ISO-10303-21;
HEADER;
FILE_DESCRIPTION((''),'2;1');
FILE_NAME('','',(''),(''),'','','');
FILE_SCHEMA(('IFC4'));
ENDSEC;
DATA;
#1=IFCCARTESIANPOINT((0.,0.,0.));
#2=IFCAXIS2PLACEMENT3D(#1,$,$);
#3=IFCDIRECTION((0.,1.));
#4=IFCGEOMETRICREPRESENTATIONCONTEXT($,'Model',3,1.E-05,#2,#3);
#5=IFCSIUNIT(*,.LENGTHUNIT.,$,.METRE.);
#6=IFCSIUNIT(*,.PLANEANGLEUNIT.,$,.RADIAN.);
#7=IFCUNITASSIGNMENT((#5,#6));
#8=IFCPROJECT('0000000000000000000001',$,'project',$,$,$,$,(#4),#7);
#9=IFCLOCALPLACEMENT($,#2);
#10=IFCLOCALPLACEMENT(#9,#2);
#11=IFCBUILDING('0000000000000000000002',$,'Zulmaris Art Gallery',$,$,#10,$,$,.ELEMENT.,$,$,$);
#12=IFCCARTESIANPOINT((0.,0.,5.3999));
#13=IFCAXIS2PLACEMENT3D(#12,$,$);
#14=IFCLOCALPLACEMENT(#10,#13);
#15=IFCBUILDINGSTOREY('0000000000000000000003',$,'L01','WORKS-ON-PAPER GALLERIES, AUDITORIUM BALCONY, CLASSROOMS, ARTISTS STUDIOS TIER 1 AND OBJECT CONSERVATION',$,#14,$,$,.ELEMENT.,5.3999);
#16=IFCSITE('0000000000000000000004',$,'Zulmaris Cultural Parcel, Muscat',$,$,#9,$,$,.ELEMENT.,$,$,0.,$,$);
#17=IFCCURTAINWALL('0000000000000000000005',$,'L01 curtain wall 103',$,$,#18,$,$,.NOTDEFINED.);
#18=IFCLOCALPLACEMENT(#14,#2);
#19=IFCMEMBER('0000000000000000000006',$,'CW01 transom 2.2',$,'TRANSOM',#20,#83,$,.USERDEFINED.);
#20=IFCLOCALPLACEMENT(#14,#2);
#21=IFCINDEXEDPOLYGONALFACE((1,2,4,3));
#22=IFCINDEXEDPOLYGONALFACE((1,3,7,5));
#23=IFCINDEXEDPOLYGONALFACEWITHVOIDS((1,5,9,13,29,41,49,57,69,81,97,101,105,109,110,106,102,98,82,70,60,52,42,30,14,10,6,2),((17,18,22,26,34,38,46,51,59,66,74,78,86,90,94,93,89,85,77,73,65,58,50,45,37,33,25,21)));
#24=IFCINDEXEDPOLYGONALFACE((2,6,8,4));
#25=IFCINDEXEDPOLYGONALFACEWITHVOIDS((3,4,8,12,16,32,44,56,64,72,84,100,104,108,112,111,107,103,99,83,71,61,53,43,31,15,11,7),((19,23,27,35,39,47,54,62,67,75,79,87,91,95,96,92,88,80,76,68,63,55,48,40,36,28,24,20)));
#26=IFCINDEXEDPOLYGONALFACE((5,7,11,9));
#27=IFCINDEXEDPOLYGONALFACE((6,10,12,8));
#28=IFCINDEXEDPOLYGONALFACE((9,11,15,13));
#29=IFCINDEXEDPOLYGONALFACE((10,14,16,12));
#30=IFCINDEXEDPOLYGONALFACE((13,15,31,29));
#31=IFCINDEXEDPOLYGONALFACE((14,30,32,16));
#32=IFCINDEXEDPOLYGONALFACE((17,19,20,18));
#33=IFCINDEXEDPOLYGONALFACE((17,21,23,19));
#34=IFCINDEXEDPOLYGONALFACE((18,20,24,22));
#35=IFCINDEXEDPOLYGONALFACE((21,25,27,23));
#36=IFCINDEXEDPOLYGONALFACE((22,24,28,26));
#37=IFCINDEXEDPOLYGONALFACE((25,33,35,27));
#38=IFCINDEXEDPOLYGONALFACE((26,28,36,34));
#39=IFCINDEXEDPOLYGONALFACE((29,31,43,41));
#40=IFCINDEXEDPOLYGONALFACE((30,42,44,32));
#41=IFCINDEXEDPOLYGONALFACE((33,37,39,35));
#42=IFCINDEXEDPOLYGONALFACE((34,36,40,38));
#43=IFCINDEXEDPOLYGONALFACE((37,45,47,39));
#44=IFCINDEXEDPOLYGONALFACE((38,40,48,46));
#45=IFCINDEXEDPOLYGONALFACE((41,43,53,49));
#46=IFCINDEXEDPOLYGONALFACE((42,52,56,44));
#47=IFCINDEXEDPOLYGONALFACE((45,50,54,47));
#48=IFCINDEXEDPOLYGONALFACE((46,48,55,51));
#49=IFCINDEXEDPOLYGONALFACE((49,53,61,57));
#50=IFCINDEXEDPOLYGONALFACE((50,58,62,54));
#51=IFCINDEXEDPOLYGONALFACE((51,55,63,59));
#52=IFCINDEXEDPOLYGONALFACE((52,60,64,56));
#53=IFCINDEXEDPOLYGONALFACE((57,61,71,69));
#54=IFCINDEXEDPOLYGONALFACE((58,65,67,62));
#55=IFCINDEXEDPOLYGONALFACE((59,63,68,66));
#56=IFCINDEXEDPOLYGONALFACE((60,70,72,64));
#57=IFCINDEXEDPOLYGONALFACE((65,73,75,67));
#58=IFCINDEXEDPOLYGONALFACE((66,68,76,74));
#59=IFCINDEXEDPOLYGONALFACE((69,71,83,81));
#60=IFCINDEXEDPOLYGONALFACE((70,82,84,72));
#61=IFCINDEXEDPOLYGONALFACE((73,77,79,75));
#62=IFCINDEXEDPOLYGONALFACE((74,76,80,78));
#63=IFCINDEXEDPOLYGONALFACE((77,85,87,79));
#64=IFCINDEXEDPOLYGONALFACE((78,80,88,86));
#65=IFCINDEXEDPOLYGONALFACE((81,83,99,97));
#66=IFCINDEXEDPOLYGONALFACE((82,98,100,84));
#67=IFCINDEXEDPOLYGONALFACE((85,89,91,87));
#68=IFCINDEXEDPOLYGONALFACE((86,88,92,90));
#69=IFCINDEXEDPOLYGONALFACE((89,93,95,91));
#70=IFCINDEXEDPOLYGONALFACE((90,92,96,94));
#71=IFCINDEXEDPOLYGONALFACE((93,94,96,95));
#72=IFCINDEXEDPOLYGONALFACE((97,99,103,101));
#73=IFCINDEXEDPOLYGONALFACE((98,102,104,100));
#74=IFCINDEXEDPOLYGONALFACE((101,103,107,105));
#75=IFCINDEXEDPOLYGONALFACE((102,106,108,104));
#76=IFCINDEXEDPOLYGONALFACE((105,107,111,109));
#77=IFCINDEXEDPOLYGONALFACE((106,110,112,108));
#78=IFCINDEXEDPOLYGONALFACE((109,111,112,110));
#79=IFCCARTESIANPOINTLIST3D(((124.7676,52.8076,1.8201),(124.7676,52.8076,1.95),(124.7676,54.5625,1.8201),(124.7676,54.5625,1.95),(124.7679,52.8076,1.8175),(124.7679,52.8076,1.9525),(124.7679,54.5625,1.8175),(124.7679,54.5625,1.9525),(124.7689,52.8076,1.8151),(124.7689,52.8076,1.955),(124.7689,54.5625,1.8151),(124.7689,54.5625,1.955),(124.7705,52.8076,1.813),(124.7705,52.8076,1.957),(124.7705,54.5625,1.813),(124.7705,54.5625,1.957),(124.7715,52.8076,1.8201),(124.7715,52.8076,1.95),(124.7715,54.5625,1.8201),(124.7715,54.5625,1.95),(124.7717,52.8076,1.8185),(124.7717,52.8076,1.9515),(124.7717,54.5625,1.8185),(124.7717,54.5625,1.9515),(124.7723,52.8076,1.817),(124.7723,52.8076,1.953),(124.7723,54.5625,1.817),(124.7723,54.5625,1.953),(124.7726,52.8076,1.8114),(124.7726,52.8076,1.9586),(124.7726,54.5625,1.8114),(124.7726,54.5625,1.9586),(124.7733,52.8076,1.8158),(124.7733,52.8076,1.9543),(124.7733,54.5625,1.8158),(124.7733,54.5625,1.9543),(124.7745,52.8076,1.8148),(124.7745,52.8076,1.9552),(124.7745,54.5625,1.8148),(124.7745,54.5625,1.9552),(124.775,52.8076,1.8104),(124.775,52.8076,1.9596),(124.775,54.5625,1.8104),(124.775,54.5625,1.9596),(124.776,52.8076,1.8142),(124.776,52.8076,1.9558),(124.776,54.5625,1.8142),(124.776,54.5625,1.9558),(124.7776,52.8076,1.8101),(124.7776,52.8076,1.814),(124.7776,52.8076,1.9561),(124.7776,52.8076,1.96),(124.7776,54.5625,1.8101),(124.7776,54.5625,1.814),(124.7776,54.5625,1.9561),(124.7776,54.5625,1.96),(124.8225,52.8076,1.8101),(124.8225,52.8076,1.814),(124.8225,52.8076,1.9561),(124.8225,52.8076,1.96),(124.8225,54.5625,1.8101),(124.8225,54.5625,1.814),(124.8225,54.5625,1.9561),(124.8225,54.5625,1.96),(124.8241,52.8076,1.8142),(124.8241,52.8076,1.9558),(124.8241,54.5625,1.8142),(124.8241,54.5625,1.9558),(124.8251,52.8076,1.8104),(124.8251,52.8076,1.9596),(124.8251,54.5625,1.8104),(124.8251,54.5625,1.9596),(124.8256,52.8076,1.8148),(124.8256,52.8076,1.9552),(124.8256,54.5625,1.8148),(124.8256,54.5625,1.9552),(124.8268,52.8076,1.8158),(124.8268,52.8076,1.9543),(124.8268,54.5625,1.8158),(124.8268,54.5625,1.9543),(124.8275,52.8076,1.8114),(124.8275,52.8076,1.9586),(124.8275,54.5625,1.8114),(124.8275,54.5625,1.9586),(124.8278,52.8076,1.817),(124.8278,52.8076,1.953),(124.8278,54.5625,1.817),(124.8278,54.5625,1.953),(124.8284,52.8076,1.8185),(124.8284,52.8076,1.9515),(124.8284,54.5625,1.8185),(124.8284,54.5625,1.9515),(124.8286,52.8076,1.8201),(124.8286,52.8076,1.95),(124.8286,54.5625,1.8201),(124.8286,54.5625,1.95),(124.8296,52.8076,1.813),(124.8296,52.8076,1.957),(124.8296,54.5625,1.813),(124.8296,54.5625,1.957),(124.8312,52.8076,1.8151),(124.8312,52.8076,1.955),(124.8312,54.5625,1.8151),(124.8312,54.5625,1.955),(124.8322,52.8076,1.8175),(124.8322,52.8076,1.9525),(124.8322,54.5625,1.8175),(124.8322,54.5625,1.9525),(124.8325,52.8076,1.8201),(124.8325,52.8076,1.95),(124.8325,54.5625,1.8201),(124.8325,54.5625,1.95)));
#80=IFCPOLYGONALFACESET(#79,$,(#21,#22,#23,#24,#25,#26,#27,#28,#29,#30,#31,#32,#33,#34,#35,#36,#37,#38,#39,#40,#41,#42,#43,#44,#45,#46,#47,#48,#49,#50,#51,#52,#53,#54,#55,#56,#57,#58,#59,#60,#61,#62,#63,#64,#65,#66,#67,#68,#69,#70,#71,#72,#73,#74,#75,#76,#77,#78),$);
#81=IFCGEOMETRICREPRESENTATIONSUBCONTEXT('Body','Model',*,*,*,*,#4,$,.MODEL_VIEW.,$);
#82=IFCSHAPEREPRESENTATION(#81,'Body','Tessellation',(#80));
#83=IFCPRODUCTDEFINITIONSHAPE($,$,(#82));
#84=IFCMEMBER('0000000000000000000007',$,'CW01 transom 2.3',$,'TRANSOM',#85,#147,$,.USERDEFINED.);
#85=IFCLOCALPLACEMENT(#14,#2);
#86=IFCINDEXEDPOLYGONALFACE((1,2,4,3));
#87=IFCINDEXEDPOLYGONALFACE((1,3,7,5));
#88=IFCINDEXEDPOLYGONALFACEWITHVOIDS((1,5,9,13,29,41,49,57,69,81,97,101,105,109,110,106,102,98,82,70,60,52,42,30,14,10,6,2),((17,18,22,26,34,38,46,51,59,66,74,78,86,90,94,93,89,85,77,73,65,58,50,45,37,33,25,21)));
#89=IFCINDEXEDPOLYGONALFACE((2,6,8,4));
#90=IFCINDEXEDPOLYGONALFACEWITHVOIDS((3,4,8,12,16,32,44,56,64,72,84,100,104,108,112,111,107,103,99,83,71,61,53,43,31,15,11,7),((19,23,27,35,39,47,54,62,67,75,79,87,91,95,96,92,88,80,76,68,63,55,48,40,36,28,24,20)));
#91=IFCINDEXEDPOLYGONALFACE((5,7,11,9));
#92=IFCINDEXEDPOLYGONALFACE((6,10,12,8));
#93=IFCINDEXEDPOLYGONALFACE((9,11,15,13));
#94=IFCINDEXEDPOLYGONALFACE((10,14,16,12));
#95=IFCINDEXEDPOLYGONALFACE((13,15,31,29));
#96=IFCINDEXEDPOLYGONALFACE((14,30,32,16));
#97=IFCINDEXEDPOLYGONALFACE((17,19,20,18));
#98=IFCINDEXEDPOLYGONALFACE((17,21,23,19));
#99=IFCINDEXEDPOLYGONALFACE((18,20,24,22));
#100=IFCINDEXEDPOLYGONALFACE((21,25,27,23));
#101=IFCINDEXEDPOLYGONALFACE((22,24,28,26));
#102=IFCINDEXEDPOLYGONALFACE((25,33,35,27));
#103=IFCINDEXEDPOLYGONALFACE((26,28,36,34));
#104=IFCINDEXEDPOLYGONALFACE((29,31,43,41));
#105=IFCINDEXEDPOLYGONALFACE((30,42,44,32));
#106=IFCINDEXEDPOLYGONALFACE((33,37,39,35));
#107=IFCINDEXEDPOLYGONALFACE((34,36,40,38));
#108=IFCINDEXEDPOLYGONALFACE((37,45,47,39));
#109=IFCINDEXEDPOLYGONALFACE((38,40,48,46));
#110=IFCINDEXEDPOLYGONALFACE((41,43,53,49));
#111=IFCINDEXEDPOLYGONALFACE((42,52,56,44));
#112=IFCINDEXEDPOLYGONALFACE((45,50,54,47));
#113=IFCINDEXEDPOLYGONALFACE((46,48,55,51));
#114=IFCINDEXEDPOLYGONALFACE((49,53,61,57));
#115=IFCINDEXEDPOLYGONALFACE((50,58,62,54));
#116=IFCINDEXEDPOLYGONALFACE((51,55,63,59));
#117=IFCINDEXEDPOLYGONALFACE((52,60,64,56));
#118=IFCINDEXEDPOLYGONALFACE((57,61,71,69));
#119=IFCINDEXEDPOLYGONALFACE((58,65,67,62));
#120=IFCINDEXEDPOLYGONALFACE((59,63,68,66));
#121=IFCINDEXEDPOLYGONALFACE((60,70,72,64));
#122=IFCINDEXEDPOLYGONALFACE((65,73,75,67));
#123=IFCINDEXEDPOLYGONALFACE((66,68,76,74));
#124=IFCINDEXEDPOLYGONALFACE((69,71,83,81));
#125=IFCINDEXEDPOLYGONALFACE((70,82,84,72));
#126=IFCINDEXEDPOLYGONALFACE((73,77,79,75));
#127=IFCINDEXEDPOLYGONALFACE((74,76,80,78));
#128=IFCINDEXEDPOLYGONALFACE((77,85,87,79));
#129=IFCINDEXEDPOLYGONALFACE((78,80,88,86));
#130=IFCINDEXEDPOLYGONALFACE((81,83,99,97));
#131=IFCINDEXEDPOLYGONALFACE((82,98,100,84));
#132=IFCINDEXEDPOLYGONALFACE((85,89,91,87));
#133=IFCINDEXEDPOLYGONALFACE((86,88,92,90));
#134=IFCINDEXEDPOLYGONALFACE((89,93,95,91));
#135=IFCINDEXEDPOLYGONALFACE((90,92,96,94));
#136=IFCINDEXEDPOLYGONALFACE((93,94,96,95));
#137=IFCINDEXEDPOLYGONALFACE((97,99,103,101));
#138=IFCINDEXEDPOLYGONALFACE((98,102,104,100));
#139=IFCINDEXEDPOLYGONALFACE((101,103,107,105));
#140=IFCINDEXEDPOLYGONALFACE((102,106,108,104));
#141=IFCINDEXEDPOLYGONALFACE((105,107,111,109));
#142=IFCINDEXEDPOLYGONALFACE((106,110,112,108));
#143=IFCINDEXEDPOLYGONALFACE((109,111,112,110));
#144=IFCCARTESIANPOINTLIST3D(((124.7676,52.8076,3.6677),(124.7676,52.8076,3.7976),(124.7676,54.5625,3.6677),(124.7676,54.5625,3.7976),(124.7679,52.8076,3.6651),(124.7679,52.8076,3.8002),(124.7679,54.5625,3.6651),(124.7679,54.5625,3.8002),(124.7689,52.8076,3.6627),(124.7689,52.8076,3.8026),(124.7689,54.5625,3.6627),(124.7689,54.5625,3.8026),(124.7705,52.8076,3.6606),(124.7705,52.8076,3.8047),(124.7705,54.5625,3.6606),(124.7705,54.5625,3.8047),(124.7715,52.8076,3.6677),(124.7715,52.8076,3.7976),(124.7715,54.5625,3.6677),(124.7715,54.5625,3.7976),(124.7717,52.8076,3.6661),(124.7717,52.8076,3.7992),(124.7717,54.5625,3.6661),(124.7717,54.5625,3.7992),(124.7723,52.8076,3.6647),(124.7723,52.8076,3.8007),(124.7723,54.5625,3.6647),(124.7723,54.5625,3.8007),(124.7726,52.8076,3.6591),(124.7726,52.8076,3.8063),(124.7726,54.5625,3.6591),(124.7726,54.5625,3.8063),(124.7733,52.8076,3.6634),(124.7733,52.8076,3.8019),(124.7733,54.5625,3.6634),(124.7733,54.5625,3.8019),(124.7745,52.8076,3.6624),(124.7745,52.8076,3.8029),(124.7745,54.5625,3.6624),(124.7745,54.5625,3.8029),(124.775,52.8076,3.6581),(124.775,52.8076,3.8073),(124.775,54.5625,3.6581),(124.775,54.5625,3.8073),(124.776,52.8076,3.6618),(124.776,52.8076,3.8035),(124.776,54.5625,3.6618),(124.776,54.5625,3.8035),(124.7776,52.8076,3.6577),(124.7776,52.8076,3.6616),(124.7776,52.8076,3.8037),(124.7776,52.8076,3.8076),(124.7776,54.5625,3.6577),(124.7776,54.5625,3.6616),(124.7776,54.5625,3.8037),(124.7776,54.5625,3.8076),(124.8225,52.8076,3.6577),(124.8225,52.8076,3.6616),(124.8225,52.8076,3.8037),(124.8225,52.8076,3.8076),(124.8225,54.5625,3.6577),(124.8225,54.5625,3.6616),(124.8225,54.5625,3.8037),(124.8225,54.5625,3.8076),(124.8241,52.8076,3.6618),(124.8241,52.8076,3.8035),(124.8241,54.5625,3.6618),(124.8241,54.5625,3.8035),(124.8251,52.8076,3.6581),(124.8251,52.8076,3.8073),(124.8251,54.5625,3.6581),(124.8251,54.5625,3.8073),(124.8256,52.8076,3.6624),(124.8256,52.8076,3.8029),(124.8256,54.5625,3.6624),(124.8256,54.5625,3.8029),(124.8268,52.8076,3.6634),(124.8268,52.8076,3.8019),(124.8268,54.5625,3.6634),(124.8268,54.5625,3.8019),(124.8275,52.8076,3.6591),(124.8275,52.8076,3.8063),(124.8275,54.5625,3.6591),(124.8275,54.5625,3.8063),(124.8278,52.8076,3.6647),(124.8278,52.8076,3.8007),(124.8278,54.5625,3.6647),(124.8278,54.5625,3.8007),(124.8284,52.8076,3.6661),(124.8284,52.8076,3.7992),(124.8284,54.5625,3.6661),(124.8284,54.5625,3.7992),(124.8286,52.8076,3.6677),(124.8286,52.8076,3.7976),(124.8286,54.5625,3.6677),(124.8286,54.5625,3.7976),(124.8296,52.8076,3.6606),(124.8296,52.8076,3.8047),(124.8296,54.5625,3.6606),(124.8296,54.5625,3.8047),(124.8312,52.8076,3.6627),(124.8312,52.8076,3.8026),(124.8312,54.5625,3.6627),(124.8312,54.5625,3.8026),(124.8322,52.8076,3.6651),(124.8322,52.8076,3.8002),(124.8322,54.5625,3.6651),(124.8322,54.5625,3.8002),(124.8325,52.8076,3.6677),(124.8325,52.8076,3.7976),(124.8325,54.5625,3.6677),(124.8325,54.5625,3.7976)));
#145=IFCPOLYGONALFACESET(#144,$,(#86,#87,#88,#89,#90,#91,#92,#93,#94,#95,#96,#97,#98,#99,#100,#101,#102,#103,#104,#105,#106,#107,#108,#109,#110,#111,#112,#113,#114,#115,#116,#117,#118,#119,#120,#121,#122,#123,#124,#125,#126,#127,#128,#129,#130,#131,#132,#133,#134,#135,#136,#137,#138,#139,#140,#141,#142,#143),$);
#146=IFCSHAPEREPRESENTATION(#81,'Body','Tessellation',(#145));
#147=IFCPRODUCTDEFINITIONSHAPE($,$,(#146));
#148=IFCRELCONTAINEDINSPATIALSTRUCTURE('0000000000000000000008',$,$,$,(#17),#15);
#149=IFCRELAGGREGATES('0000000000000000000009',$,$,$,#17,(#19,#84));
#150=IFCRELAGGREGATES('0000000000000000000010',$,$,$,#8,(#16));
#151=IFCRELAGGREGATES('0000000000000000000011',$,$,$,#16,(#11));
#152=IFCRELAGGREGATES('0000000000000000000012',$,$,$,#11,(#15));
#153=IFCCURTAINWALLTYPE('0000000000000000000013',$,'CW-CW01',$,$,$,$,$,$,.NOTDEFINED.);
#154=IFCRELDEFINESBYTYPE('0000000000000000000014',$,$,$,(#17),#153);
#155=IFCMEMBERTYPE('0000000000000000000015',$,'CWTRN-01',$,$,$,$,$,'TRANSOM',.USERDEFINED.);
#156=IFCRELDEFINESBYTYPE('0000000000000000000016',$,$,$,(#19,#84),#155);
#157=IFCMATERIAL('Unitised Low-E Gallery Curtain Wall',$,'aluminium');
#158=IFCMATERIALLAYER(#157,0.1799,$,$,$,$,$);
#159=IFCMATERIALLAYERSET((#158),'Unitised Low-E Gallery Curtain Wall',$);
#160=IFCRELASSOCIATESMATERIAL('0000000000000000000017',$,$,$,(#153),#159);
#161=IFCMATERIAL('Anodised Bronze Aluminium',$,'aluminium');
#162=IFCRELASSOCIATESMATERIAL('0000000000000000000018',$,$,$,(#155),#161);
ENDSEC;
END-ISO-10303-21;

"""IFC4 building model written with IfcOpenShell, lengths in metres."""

from ifc_helpers import new_model, si_unit, direction, frame, origin, origin_2d, place, context, subcontext, project, spatial, hollow_rectangle, extrude, material, layer, layer_set, material_profile, profile_set, type_object, element, aggregate, save


model = new_model("IFC4")

# Units and contexts
model_context = context("Model", 3, precision=1e-05, world=origin(), true_north=direction((0.0, 1.0)))
body_context = subcontext(model_context, "Body", "Model", "MODEL_VIEW")
ifc_project = project(units=[si_unit("LENGTHUNIT", "METRE"), si_unit("PLANEANGLEUNIT", "RADIAN")], contexts=[model_context])

# Site, building, storey
site_placement = place(None, origin())
site = spatial("IfcSite", under=ifc_project, at=site_placement, Name="Zulmaris Cultural Parcel, Muscat", CompositionType="ELEMENT", RefElevation=0.0)
building_placement = place(site_placement, origin())
building = spatial("IfcBuilding", under=site, at=building_placement, Name="Zulmaris Art Gallery", CompositionType="ELEMENT")
storey_placement = place(building_placement, frame((0.0, 0.0, 5.3999)))
storey = spatial("IfcBuildingStorey", under=building, at=storey_placement, Name="L01", Description="WORKS-ON-PAPER GALLERIES, AUDITORIUM BALCONY, CLASSROOMS, ARTISTS STUDIOS TIER 1 AND OBJECT CONSERVATION", CompositionType="ELEMENT", Elevation=5.3999)

# Shared definitions
ifc_material_1 = material(Name="Unitised Low-E Gallery Curtain Wall", Category="aluminium")
ifc_layer_1 = layer(ifc_material_1, 0.1799)
ifc_layer_set_1 = layer_set([ifc_layer_1], Name="Unitised Low-E Gallery Curtain Wall")
curtain_wall_type = type_object("IfcCurtainWallType", Name="CW-CW01", PredefinedType="NOTDEFINED", material=ifc_layer_set_1)
ifc_material_2 = material(Name="Anodised Bronze Aluminium", Category="aluminium")

# Curtain wall
curtain_wall_1_placement = place(storey_placement, origin())
curtain_wall_1 = element("IfcCurtainWall", 1, at=curtain_wall_1_placement, inside=storey, type_object=curtain_wall_type, Name="L01 curtain wall 103", PredefinedType="NOTDEFINED")

# Members
ifc_material_profile_1 = material_profile(ifc_material_2, hollow_rectangle(XDim=0.0649, YDim=0.1499, WallThickness=0.0039, InnerFilletRadius=0.0061, OuterFilletRadius=0.01, at=origin_2d()), Name="ALU 65x150x4")
ifc_profile_set_1 = profile_set([ifc_material_profile_1], Name="Anodised Bronze Aluminium")
member_type_1 = type_object("IfcMemberType", Name="CWTRN-01", ElementType="TRANSOM", PredefinedType="USERDEFINED", material=ifc_profile_set_1)
member_1_placement = place(storey_placement, frame((124.8, 52.8076, 1.885), z_axis=(0.0, 1.0, 0.0), x_axis=(-1.0, 0.0, 0.0)))
member_1 = element("IfcMember", 2, at=member_1_placement, type_object=member_type_1, Name="CW01 transom 2.2", ObjectType="TRANSOM", PredefinedType="USERDEFINED", context=body_context, shape_type="SweptSolid", body=[
    extrude(hollow_rectangle(XDim=0.0649, YDim=0.1499, WallThickness=0.0039, InnerFilletRadius=0.0061, OuterFilletRadius=0.01, at=origin_2d()), origin(), (0.0, 0.0, 1.0), 1.7549),
])
member_2_placement = place(storey_placement, frame((124.8, 52.8076, 3.7327), z_axis=(0.0, 1.0, 0.0), x_axis=(-1.0, 0.0, 0.0)))
member_2 = element("IfcMember", 3, at=member_2_placement, type_object=member_type_1, Name="CW01 transom 2.3", ObjectType="TRANSOM", PredefinedType="USERDEFINED", context=body_context, shape_type="SweptSolid", body=[
    extrude(hollow_rectangle(XDim=0.0649, YDim=0.1499, WallThickness=0.0039, InnerFilletRadius=0.0061, OuterFilletRadius=0.01, at=origin_2d()), origin(), (0.0, 0.0, 1.0), 1.7549),
])

aggregate(curtain_wall_1, [member_1, member_2])

save(model, "model.ifc")
